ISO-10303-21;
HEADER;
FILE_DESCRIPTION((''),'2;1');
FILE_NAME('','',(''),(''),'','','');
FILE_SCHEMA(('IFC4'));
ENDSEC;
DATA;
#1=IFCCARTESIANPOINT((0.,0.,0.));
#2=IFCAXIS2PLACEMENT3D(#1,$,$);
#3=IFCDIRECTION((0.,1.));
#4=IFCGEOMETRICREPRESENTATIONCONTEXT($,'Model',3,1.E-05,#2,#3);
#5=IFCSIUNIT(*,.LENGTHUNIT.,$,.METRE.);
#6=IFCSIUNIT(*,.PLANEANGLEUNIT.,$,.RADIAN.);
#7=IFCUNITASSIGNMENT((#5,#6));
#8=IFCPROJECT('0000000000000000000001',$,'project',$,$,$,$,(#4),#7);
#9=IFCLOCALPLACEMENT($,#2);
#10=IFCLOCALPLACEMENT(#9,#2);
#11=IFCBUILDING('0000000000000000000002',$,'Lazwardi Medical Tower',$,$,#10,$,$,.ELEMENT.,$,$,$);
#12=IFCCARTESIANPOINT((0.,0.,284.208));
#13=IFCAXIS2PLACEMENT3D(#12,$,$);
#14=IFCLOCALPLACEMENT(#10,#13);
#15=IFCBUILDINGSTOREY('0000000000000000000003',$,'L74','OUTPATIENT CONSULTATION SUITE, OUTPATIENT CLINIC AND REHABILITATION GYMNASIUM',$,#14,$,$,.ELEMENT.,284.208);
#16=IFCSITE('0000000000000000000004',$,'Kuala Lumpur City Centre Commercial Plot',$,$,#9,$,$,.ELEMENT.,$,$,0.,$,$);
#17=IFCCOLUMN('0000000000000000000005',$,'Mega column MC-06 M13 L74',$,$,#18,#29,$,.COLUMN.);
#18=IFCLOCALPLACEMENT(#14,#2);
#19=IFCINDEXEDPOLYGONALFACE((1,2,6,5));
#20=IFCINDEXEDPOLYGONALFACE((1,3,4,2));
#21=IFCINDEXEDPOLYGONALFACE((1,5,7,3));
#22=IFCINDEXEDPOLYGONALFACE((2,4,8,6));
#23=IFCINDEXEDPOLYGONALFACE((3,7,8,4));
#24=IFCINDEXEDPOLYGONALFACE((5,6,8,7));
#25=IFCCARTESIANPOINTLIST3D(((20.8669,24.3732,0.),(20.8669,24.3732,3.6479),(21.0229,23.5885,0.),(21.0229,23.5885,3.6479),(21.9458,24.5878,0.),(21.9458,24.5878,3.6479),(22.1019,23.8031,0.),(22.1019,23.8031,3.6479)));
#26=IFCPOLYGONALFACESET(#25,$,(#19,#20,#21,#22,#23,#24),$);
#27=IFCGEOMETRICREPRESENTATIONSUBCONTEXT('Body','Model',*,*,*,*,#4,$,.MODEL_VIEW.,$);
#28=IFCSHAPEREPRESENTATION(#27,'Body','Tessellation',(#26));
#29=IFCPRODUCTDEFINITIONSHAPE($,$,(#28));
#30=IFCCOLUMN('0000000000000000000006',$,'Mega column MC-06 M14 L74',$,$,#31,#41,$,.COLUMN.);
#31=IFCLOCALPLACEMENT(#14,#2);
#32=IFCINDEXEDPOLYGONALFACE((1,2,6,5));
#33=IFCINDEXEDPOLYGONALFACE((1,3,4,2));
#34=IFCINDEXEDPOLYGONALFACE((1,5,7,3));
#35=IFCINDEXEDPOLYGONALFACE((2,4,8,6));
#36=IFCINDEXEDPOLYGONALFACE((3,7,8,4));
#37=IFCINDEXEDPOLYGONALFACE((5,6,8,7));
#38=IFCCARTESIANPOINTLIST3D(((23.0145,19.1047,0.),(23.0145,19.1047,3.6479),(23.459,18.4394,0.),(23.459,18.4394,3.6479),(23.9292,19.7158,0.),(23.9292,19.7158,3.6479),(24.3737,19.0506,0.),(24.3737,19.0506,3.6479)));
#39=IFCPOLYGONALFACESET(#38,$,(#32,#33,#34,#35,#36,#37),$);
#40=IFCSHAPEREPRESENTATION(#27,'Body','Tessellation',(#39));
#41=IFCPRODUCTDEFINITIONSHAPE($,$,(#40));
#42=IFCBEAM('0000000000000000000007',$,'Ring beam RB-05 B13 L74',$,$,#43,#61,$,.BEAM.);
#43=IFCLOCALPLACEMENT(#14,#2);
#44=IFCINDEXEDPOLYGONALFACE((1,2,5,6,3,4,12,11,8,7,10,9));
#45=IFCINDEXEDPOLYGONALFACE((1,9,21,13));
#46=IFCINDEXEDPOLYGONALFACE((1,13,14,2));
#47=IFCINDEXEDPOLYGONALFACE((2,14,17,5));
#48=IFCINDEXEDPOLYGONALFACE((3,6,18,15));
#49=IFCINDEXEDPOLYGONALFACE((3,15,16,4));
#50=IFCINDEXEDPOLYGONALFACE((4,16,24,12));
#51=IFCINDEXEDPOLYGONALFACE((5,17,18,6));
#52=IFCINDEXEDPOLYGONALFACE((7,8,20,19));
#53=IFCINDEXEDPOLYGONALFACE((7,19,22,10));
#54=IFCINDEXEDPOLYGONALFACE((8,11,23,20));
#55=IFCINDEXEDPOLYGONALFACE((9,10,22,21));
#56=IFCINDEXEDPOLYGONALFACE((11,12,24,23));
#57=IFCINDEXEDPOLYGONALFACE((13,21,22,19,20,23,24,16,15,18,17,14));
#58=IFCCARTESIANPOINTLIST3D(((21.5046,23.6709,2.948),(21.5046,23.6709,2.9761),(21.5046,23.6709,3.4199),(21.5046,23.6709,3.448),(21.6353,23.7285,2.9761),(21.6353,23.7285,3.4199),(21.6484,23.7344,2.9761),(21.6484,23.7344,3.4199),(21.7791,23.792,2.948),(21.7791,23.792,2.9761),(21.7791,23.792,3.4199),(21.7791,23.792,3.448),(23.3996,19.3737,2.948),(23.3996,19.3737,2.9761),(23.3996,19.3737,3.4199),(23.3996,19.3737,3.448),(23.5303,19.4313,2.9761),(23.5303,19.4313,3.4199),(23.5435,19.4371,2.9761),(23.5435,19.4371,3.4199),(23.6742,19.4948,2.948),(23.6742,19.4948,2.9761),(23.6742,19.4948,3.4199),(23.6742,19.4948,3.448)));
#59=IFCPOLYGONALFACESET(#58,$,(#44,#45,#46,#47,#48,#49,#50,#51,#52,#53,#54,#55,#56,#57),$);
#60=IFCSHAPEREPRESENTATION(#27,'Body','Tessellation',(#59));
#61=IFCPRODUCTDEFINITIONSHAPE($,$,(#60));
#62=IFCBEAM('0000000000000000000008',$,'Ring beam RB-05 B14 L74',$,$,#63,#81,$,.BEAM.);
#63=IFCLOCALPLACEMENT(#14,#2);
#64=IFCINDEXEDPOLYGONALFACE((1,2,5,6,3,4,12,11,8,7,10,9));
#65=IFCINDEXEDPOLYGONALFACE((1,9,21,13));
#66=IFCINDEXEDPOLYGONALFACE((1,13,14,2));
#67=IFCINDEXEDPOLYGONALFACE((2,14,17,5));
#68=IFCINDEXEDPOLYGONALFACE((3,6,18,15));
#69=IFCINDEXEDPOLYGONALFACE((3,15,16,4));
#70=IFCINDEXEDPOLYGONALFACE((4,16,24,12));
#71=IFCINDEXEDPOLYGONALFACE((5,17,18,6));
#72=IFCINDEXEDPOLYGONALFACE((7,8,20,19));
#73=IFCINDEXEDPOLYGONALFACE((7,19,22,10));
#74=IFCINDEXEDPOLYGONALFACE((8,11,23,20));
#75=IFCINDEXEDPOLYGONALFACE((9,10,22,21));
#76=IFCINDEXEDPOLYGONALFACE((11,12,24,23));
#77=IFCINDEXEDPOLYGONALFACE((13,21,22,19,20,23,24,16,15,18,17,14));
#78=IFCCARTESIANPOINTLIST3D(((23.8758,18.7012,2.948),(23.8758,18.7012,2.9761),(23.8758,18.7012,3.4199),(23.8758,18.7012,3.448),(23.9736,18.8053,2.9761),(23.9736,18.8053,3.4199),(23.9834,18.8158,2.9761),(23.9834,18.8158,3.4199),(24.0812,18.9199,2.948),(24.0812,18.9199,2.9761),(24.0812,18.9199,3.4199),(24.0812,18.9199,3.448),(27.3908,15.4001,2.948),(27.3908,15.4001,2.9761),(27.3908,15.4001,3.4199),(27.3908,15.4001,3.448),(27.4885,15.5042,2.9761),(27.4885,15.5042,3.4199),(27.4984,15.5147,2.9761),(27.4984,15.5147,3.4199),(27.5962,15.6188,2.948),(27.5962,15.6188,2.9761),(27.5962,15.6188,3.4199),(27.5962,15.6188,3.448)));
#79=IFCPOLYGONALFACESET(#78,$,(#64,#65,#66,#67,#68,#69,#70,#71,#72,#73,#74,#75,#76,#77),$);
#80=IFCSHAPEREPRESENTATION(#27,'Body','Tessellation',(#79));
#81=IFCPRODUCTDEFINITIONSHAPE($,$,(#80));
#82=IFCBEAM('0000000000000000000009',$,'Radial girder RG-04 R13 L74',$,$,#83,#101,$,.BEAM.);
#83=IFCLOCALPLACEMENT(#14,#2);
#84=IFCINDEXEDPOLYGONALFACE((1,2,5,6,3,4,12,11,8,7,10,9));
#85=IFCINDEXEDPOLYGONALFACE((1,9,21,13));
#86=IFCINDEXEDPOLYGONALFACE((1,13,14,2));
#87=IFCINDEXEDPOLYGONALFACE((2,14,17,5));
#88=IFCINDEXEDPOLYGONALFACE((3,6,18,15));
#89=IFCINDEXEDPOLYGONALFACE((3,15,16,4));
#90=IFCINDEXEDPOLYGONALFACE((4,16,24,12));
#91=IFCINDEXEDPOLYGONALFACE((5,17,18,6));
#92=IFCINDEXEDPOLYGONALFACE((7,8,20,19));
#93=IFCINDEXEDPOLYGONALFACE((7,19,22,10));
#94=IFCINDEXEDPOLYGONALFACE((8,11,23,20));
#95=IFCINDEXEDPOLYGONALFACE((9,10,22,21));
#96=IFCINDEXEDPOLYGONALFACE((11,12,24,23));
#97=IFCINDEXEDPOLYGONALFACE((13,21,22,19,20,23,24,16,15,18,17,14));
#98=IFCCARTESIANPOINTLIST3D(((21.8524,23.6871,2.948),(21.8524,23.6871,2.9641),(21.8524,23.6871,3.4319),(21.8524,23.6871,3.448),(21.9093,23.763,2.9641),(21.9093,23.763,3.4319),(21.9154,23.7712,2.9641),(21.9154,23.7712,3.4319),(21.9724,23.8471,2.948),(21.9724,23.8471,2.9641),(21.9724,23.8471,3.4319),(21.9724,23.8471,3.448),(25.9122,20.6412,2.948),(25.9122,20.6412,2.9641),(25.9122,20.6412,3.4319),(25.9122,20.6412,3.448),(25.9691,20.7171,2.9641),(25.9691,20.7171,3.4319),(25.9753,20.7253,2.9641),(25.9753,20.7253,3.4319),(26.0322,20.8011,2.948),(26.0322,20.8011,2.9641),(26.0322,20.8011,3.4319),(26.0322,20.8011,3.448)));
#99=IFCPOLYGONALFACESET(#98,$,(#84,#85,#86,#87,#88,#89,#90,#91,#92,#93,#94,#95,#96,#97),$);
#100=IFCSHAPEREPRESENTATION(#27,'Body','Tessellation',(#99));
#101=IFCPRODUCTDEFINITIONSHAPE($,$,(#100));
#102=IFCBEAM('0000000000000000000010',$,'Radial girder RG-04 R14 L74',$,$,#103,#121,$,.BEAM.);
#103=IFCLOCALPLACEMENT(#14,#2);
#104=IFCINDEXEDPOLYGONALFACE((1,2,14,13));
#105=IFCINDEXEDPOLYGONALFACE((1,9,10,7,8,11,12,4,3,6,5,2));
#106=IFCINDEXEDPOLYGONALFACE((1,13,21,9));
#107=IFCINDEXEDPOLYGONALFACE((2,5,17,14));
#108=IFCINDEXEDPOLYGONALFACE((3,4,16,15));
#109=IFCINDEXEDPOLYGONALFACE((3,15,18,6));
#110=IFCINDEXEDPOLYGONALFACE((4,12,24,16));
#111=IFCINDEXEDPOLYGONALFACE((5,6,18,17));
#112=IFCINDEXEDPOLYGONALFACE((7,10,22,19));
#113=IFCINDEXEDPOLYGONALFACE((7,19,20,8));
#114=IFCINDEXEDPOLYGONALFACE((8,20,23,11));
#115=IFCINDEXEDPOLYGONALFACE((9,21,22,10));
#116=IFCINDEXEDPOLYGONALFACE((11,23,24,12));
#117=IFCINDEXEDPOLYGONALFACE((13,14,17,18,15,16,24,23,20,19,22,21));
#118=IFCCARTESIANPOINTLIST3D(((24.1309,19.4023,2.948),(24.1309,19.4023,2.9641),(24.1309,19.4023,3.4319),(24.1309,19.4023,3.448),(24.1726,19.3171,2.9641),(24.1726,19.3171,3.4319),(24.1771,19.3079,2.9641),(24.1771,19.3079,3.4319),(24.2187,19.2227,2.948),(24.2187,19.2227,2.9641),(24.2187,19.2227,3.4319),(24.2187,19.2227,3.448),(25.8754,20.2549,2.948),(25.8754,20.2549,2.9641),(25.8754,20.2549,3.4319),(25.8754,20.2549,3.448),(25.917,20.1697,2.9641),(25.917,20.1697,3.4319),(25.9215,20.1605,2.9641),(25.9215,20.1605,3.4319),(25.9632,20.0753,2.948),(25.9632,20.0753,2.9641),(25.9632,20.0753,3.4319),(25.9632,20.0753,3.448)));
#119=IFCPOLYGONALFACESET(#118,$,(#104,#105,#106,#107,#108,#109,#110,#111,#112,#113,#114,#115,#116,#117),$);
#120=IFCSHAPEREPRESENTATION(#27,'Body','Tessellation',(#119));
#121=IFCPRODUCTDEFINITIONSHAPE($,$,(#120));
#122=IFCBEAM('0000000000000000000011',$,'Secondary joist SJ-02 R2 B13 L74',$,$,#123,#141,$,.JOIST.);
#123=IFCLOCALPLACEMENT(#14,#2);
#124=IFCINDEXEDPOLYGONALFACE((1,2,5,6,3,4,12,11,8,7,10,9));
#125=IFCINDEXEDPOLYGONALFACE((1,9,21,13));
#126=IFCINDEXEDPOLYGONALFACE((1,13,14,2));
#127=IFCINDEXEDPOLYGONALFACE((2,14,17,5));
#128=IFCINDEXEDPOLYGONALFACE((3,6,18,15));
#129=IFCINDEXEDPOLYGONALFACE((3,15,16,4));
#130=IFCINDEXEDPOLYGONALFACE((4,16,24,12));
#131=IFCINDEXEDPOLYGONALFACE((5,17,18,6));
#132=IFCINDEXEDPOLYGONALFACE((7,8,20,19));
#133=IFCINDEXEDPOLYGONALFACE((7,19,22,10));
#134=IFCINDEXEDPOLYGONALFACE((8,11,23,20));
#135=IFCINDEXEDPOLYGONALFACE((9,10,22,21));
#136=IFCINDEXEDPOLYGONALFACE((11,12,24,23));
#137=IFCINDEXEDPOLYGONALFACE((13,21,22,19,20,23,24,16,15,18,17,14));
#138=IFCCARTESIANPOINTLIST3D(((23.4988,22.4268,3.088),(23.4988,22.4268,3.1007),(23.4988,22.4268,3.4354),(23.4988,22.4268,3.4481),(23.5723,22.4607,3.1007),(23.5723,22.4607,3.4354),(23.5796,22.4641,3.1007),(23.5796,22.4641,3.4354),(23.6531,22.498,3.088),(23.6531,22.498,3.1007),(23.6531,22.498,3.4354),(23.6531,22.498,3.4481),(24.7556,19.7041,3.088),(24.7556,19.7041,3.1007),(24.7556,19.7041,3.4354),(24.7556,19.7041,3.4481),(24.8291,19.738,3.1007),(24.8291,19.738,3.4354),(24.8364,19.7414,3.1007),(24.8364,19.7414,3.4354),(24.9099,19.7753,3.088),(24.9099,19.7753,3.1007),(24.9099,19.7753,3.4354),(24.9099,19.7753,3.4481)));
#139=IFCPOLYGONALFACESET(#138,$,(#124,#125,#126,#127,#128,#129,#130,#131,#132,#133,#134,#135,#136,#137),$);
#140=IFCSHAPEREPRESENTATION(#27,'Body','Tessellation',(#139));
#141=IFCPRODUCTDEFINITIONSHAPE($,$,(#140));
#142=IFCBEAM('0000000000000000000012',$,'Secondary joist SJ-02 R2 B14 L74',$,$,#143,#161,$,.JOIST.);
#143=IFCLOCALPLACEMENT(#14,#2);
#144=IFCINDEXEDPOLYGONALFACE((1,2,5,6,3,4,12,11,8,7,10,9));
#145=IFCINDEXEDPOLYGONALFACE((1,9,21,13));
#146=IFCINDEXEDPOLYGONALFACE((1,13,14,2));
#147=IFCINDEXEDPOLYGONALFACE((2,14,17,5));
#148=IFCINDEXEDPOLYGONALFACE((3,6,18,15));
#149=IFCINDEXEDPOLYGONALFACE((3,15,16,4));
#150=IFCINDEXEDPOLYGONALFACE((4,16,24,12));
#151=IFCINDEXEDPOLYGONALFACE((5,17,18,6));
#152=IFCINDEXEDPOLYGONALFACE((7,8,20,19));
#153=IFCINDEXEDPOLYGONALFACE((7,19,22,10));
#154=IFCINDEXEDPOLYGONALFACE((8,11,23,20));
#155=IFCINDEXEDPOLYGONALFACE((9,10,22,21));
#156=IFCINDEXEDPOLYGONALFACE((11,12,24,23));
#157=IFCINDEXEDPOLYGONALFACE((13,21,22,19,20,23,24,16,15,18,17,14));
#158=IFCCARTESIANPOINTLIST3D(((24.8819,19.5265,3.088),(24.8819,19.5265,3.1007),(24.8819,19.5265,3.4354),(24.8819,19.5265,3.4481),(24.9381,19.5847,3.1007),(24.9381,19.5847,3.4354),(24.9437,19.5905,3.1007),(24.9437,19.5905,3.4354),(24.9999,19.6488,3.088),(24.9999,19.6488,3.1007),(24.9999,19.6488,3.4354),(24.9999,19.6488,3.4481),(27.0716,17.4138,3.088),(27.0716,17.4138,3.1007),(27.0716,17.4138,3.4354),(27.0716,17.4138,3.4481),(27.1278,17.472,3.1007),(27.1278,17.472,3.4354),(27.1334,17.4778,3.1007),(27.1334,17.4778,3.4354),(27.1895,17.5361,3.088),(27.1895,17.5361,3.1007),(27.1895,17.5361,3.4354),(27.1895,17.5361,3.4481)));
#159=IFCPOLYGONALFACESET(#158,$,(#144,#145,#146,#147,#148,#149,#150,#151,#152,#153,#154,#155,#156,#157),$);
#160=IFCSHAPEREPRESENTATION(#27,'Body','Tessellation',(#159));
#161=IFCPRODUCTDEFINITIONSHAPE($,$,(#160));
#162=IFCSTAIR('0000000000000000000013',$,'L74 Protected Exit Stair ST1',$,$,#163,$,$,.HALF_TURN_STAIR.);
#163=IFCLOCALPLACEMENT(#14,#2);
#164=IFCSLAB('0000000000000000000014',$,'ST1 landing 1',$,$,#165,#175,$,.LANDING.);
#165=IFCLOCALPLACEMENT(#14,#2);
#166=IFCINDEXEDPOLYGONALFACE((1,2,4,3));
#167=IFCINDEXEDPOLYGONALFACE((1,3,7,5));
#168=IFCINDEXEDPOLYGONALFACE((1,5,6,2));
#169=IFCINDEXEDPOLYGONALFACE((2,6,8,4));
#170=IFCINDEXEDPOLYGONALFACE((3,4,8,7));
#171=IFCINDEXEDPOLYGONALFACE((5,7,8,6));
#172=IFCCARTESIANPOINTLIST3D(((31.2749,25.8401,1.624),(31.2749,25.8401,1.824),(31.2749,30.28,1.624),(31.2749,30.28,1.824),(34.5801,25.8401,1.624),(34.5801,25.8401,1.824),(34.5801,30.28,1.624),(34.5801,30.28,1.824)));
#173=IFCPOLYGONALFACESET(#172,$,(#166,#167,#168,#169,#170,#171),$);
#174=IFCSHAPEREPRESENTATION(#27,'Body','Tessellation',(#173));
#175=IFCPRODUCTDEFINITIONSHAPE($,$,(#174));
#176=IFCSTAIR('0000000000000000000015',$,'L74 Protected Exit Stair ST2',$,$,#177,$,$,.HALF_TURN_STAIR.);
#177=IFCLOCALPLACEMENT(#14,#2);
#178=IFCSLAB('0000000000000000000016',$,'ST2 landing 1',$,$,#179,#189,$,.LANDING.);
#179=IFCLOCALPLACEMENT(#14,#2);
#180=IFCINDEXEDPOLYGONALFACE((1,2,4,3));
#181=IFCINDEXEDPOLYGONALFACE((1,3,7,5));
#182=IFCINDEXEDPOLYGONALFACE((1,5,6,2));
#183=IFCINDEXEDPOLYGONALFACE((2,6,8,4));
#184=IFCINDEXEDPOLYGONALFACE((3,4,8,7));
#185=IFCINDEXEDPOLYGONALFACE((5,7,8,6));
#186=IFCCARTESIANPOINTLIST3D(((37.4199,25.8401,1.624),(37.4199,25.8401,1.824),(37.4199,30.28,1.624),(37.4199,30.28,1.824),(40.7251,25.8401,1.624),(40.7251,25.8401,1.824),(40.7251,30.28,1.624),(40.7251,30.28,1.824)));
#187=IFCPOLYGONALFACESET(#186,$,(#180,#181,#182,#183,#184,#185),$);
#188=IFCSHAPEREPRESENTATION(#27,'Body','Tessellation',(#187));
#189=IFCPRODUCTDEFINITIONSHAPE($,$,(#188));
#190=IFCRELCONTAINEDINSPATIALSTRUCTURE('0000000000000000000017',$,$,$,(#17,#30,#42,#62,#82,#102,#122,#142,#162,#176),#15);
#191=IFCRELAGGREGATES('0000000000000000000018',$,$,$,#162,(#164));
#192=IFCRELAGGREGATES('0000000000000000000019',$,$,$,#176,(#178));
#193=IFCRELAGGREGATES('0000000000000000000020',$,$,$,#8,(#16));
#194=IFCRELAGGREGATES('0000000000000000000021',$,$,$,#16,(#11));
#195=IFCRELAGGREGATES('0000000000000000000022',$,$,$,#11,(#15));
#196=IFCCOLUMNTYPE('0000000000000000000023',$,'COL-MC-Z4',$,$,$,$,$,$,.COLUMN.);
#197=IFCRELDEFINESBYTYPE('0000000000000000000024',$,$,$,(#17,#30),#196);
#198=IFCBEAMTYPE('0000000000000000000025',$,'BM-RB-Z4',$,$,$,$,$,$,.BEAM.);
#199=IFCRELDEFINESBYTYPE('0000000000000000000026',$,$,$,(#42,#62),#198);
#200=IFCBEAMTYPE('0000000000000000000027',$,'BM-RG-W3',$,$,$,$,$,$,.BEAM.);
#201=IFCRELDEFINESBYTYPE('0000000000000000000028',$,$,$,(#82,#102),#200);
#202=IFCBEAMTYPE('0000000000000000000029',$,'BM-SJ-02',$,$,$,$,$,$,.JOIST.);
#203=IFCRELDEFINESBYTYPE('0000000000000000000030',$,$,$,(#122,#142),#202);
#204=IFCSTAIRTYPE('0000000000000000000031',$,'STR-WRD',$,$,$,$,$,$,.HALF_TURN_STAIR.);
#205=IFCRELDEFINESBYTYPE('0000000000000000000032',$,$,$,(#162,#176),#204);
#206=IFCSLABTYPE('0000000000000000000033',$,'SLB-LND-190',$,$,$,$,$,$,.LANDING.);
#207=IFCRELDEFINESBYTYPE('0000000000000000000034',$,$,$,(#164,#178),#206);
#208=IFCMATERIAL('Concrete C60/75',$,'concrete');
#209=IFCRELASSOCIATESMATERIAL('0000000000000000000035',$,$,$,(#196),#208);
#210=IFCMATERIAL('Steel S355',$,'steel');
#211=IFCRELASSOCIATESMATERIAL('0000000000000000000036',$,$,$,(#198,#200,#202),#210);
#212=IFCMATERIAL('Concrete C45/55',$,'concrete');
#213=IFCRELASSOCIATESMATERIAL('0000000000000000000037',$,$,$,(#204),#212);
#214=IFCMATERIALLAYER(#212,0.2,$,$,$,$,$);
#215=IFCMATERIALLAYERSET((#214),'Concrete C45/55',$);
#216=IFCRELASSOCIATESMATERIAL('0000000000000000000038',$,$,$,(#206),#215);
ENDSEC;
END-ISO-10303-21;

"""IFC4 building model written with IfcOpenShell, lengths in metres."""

from ifc_helpers import new_model, si_unit, direction, frame, origin, origin_2d, place, context, subcontext, project, spatial, polyline, rectangle, i_section, outline, extrude, material, layer, layer_set, material_profile, profile_set, type_object, element, aggregate, save


model = new_model("IFC4")

# Units and contexts
model_context = context("Model", 3, precision=1e-05, world=origin(), true_north=direction((0.0, 1.0)))
body_context = subcontext(model_context, "Body", "Model", "MODEL_VIEW")
ifc_project = project(units=[si_unit("LENGTHUNIT", "METRE"), si_unit("PLANEANGLEUNIT", "RADIAN")], contexts=[model_context])

# Site, building, storey
site_placement = place(None, origin())
site = spatial("IfcSite", under=ifc_project, at=site_placement, Name="Kuala Lumpur City Centre Commercial Plot", CompositionType="ELEMENT", RefElevation=0.0)
building_placement = place(site_placement, origin())
building = spatial("IfcBuilding", under=site, at=building_placement, Name="Lazwardi Medical Tower", CompositionType="ELEMENT")
storey_placement = place(building_placement, frame((0.0, 0.0, 284.208)))
storey = spatial("IfcBuildingStorey", under=building, at=storey_placement, Name="L74", Description="OUTPATIENT CONSULTATION SUITE, OUTPATIENT CLINIC AND REHABILITATION GYMNASIUM", CompositionType="ELEMENT", Elevation=284.208)

# Columns
ifc_material_1 = material(Name="Concrete C60/75", Category="concrete")
ifc_material_profile_1 = material_profile(ifc_material_1, rectangle(XDim=1.1001, YDim=0.8, at=origin_2d()), Name="CFT-RECT 1100x800")
ifc_profile_set_1 = profile_set([ifc_material_profile_1], Name="Concrete C60/75")
column_type = type_object("IfcColumnType", Name="COL-MC-Z4", PredefinedType="COLUMN", material=ifc_profile_set_1)
for number, where, z_axis, x_axis, name in (
    (1, (21.4844, 24.0881, 0.0), (0.0, 0.0, 1.0), (-0.980785, -0.19509, 0.0), "Mega column MC-06 M13 L74"),
    (2, (23.6941, 19.0776, 0.0), (0.0, 0.0, 1.0), (-0.83147, -0.55557, 0.0), "Mega column MC-06 M14 L74"),
):
    element("IfcColumn", number, at=place(storey_placement, frame(where, z_axis=z_axis, x_axis=x_axis)), inside=storey, type_object=column_type, Name=name, PredefinedType="COLUMN", context=body_context, shape_type="SweptSolid", body=[
        extrude(rectangle(XDim=1.1001, YDim=0.8, at=origin_2d()), origin(), (0.0, 0.0, 1.0), 3.6479),
    ])

# Beams
ifc_material_2 = material(Name="Steel S355", Category="steel")
ifc_material_profile_2 = material_profile(ifc_material_2, i_section(OverallWidth=0.3, OverallDepth=0.5, WebThickness=0.0144, FlangeThickness=0.0281, at=origin_2d()), Name="HEB 500")
ifc_profile_set_2 = profile_set([ifc_material_profile_2], Name="Steel S355")
beam_type_1 = type_object("IfcBeamType", Name="BM-RB-Z4", PredefinedType="BEAM", material=ifc_profile_set_2)
beam_1_placement = place(storey_placement, frame((21.6418, 23.7314, 3.198), z_axis=(0.403503, -0.914978, 0.0), x_axis=(0.914978, 0.403503, 0.0)))
element("IfcBeam", 3, at=beam_1_placement, inside=storey, type_object=beam_type_1, Name="Ring beam RB-05 B13 L74", PredefinedType="BEAM", context=body_context, shape_type="SweptSolid", body=[
    extrude(i_section(OverallWidth=0.3, OverallDepth=0.5, WebThickness=0.0144, FlangeThickness=0.0281, at=origin_2d()), origin(), (0.0, 0.0, 1.0), 4.6965),
])
beam_2_placement = place(storey_placement, frame((23.9785, 18.8105, 3.198), z_axis=(0.728935, -0.684583, 0.0), x_axis=(0.684583, 0.728935, 0.0)))
element("IfcBeam", 4, at=beam_2_placement, inside=storey, type_object=beam_type_1, Name="Ring beam RB-05 B14 L74", PredefinedType="BEAM", context=body_context, shape_type="SweptSolid", body=[
    extrude(i_section(OverallWidth=0.3, OverallDepth=0.5, WebThickness=0.0144, FlangeThickness=0.0281, at=origin_2d()), origin(), (0.0, 0.0, 1.0), 4.822),
])
ifc_material_profile_3 = material_profile(ifc_material_2, i_section(OverallWidth=0.2, OverallDepth=0.5, WebThickness=0.0103, FlangeThickness=0.0161, at=origin_2d()), Name="IPE 500")
ifc_profile_set_3 = profile_set([ifc_material_profile_3], Name="Steel S355")
beam_type_2 = type_object("IfcBeamType", Name="BM-RG-W3", PredefinedType="BEAM", material=ifc_profile_set_3)
beam_3_placement = place(storey_placement, frame((21.9124, 23.7671, 3.198), z_axis=(0.799902, -0.600131, 0.0), x_axis=(0.600131, 0.799902, 0.0)))
element("IfcBeam", 5, at=beam_3_placement, inside=storey, type_object=beam_type_2, Name="Radial girder RG-04 R13 L74", PredefinedType="BEAM", context=body_context, shape_type="SweptSolid", body=[
    extrude(i_section(OverallWidth=0.2, OverallDepth=0.5, WebThickness=0.0103, FlangeThickness=0.0161, at=origin_2d()), origin(), (0.0, 0.0, 1.0), 5.0754),
])
beam_4_placement = place(storey_placement, frame((24.1748, 19.3125, 3.198), z_axis=(0.898439, 0.439097, 0.0), x_axis=(-0.439097, 0.898439, 0.0)))
element("IfcBeam", 6, at=beam_4_placement, inside=storey, type_object=beam_type_2, Name="Radial girder RG-04 R14 L74", PredefinedType="BEAM", context=body_context, shape_type="SweptSolid", body=[
    extrude(i_section(OverallWidth=0.2, OverallDepth=0.5, WebThickness=0.0103, FlangeThickness=0.0161, at=origin_2d()), origin(), (0.0, 0.0, 1.0), 1.9417),
])
ifc_material_profile_4 = material_profile(ifc_material_2, i_section(OverallWidth=0.1699, OverallDepth=0.3601, WebThickness=0.0081, FlangeThickness=0.0127, at=origin_2d()), Name="IPE 360")
ifc_profile_set_4 = profile_set([ifc_material_profile_4], Name="Steel S355")
beam_type_3 = type_object("IfcBeamType", Name="BM-SJ-02", PredefinedType="JOIST", material=ifc_profile_set_4)
beam_5_placement = place(storey_placement, frame((23.5759, 22.4624, 3.2681), z_axis=(0.41912, -0.907931, 0.0), x_axis=(0.907931, 0.41912, 0.0)))
element("IfcBeam", 7, at=beam_5_placement, inside=storey, type_object=beam_type_3, Name="Secondary joist SJ-02 R2 B13 L74", PredefinedType="JOIST", context=body_context, shape_type="SweptSolid", body=[
    extrude(i_section(OverallWidth=0.1699, OverallDepth=0.3601, WebThickness=0.0081, FlangeThickness=0.0127, at=origin_2d()), origin(), (0.0, 0.0, 1.0), 2.9988),
])
beam_6_placement = place(storey_placement, frame((24.9409, 19.5876, 3.2681), z_axis=(0.719631, -0.694357, 0.0), x_axis=(0.694357, 0.719631, 0.0)))
element("IfcBeam", 8, at=beam_6_placement, inside=storey, type_object=beam_type_3, Name="Secondary joist SJ-02 R2 B14 L74", PredefinedType="JOIST", context=body_context, shape_type="SweptSolid", body=[
    extrude(i_section(OverallWidth=0.1699, OverallDepth=0.3601, WebThickness=0.0081, FlangeThickness=0.0127, at=origin_2d()), origin(), (0.0, 0.0, 1.0), 3.0427),
])

# Stairs, slabs
ifc_material_3 = material(Name="Concrete C45/55", Category="concrete")
stair_type = type_object("IfcStairType", Name="STR-WRD", PredefinedType="HALF_TURN_STAIR", material=ifc_material_3)
stair_1_placement = place(storey_placement, origin())
stair_1 = element("IfcStair", 9, at=stair_1_placement, inside=storey, type_object=stair_type, Name="L74 Protected Exit Stair ST1", PredefinedType="HALF_TURN_STAIR")
ifc_layer_1 = layer(ifc_material_3, 0.2)
ifc_layer_set_1 = layer_set([ifc_layer_1], Name="Concrete C45/55")
slab_type = type_object("IfcSlabType", Name="SLB-LND-190", PredefinedType="LANDING", material=ifc_layer_set_1)
slab_1_placement = place(storey_placement, frame((0.0, 0.0, 1.624)))
slab_1 = element("IfcSlab", 10, at=slab_1_placement, type_object=slab_type, Name="ST1 landing 1", PredefinedType="LANDING", context=body_context, shape_type="SweptSolid", body=[
    extrude(outline(polyline([(31.2749, 25.8401), (34.5801, 25.8401), (34.5801, 30.28), (31.2749, 30.28), (31.2749, 25.8401)])), origin(), (0.0, 0.0, 1.0), 0.2),
])
aggregate(stair_1, [slab_1])
stair_2_placement = place(storey_placement, origin())
stair_2 = element("IfcStair", 11, at=stair_2_placement, inside=storey, type_object=stair_type, Name="L74 Protected Exit Stair ST2", PredefinedType="HALF_TURN_STAIR")
slab_2_placement = place(storey_placement, frame((0.0, 0.0, 1.624)))
slab_2 = element("IfcSlab", 12, at=slab_2_placement, type_object=slab_type, Name="ST2 landing 1", PredefinedType="LANDING", context=body_context, shape_type="SweptSolid", body=[
    extrude(outline(polyline([(40.7251, 30.28), (37.4199, 30.28), (37.4199, 25.8401), (40.7251, 25.8401), (40.7251, 30.28)])), origin(), (0.0, 0.0, 1.0), 0.2),
])
aggregate(stair_2, [slab_2])

save(model, "model.ifc")
